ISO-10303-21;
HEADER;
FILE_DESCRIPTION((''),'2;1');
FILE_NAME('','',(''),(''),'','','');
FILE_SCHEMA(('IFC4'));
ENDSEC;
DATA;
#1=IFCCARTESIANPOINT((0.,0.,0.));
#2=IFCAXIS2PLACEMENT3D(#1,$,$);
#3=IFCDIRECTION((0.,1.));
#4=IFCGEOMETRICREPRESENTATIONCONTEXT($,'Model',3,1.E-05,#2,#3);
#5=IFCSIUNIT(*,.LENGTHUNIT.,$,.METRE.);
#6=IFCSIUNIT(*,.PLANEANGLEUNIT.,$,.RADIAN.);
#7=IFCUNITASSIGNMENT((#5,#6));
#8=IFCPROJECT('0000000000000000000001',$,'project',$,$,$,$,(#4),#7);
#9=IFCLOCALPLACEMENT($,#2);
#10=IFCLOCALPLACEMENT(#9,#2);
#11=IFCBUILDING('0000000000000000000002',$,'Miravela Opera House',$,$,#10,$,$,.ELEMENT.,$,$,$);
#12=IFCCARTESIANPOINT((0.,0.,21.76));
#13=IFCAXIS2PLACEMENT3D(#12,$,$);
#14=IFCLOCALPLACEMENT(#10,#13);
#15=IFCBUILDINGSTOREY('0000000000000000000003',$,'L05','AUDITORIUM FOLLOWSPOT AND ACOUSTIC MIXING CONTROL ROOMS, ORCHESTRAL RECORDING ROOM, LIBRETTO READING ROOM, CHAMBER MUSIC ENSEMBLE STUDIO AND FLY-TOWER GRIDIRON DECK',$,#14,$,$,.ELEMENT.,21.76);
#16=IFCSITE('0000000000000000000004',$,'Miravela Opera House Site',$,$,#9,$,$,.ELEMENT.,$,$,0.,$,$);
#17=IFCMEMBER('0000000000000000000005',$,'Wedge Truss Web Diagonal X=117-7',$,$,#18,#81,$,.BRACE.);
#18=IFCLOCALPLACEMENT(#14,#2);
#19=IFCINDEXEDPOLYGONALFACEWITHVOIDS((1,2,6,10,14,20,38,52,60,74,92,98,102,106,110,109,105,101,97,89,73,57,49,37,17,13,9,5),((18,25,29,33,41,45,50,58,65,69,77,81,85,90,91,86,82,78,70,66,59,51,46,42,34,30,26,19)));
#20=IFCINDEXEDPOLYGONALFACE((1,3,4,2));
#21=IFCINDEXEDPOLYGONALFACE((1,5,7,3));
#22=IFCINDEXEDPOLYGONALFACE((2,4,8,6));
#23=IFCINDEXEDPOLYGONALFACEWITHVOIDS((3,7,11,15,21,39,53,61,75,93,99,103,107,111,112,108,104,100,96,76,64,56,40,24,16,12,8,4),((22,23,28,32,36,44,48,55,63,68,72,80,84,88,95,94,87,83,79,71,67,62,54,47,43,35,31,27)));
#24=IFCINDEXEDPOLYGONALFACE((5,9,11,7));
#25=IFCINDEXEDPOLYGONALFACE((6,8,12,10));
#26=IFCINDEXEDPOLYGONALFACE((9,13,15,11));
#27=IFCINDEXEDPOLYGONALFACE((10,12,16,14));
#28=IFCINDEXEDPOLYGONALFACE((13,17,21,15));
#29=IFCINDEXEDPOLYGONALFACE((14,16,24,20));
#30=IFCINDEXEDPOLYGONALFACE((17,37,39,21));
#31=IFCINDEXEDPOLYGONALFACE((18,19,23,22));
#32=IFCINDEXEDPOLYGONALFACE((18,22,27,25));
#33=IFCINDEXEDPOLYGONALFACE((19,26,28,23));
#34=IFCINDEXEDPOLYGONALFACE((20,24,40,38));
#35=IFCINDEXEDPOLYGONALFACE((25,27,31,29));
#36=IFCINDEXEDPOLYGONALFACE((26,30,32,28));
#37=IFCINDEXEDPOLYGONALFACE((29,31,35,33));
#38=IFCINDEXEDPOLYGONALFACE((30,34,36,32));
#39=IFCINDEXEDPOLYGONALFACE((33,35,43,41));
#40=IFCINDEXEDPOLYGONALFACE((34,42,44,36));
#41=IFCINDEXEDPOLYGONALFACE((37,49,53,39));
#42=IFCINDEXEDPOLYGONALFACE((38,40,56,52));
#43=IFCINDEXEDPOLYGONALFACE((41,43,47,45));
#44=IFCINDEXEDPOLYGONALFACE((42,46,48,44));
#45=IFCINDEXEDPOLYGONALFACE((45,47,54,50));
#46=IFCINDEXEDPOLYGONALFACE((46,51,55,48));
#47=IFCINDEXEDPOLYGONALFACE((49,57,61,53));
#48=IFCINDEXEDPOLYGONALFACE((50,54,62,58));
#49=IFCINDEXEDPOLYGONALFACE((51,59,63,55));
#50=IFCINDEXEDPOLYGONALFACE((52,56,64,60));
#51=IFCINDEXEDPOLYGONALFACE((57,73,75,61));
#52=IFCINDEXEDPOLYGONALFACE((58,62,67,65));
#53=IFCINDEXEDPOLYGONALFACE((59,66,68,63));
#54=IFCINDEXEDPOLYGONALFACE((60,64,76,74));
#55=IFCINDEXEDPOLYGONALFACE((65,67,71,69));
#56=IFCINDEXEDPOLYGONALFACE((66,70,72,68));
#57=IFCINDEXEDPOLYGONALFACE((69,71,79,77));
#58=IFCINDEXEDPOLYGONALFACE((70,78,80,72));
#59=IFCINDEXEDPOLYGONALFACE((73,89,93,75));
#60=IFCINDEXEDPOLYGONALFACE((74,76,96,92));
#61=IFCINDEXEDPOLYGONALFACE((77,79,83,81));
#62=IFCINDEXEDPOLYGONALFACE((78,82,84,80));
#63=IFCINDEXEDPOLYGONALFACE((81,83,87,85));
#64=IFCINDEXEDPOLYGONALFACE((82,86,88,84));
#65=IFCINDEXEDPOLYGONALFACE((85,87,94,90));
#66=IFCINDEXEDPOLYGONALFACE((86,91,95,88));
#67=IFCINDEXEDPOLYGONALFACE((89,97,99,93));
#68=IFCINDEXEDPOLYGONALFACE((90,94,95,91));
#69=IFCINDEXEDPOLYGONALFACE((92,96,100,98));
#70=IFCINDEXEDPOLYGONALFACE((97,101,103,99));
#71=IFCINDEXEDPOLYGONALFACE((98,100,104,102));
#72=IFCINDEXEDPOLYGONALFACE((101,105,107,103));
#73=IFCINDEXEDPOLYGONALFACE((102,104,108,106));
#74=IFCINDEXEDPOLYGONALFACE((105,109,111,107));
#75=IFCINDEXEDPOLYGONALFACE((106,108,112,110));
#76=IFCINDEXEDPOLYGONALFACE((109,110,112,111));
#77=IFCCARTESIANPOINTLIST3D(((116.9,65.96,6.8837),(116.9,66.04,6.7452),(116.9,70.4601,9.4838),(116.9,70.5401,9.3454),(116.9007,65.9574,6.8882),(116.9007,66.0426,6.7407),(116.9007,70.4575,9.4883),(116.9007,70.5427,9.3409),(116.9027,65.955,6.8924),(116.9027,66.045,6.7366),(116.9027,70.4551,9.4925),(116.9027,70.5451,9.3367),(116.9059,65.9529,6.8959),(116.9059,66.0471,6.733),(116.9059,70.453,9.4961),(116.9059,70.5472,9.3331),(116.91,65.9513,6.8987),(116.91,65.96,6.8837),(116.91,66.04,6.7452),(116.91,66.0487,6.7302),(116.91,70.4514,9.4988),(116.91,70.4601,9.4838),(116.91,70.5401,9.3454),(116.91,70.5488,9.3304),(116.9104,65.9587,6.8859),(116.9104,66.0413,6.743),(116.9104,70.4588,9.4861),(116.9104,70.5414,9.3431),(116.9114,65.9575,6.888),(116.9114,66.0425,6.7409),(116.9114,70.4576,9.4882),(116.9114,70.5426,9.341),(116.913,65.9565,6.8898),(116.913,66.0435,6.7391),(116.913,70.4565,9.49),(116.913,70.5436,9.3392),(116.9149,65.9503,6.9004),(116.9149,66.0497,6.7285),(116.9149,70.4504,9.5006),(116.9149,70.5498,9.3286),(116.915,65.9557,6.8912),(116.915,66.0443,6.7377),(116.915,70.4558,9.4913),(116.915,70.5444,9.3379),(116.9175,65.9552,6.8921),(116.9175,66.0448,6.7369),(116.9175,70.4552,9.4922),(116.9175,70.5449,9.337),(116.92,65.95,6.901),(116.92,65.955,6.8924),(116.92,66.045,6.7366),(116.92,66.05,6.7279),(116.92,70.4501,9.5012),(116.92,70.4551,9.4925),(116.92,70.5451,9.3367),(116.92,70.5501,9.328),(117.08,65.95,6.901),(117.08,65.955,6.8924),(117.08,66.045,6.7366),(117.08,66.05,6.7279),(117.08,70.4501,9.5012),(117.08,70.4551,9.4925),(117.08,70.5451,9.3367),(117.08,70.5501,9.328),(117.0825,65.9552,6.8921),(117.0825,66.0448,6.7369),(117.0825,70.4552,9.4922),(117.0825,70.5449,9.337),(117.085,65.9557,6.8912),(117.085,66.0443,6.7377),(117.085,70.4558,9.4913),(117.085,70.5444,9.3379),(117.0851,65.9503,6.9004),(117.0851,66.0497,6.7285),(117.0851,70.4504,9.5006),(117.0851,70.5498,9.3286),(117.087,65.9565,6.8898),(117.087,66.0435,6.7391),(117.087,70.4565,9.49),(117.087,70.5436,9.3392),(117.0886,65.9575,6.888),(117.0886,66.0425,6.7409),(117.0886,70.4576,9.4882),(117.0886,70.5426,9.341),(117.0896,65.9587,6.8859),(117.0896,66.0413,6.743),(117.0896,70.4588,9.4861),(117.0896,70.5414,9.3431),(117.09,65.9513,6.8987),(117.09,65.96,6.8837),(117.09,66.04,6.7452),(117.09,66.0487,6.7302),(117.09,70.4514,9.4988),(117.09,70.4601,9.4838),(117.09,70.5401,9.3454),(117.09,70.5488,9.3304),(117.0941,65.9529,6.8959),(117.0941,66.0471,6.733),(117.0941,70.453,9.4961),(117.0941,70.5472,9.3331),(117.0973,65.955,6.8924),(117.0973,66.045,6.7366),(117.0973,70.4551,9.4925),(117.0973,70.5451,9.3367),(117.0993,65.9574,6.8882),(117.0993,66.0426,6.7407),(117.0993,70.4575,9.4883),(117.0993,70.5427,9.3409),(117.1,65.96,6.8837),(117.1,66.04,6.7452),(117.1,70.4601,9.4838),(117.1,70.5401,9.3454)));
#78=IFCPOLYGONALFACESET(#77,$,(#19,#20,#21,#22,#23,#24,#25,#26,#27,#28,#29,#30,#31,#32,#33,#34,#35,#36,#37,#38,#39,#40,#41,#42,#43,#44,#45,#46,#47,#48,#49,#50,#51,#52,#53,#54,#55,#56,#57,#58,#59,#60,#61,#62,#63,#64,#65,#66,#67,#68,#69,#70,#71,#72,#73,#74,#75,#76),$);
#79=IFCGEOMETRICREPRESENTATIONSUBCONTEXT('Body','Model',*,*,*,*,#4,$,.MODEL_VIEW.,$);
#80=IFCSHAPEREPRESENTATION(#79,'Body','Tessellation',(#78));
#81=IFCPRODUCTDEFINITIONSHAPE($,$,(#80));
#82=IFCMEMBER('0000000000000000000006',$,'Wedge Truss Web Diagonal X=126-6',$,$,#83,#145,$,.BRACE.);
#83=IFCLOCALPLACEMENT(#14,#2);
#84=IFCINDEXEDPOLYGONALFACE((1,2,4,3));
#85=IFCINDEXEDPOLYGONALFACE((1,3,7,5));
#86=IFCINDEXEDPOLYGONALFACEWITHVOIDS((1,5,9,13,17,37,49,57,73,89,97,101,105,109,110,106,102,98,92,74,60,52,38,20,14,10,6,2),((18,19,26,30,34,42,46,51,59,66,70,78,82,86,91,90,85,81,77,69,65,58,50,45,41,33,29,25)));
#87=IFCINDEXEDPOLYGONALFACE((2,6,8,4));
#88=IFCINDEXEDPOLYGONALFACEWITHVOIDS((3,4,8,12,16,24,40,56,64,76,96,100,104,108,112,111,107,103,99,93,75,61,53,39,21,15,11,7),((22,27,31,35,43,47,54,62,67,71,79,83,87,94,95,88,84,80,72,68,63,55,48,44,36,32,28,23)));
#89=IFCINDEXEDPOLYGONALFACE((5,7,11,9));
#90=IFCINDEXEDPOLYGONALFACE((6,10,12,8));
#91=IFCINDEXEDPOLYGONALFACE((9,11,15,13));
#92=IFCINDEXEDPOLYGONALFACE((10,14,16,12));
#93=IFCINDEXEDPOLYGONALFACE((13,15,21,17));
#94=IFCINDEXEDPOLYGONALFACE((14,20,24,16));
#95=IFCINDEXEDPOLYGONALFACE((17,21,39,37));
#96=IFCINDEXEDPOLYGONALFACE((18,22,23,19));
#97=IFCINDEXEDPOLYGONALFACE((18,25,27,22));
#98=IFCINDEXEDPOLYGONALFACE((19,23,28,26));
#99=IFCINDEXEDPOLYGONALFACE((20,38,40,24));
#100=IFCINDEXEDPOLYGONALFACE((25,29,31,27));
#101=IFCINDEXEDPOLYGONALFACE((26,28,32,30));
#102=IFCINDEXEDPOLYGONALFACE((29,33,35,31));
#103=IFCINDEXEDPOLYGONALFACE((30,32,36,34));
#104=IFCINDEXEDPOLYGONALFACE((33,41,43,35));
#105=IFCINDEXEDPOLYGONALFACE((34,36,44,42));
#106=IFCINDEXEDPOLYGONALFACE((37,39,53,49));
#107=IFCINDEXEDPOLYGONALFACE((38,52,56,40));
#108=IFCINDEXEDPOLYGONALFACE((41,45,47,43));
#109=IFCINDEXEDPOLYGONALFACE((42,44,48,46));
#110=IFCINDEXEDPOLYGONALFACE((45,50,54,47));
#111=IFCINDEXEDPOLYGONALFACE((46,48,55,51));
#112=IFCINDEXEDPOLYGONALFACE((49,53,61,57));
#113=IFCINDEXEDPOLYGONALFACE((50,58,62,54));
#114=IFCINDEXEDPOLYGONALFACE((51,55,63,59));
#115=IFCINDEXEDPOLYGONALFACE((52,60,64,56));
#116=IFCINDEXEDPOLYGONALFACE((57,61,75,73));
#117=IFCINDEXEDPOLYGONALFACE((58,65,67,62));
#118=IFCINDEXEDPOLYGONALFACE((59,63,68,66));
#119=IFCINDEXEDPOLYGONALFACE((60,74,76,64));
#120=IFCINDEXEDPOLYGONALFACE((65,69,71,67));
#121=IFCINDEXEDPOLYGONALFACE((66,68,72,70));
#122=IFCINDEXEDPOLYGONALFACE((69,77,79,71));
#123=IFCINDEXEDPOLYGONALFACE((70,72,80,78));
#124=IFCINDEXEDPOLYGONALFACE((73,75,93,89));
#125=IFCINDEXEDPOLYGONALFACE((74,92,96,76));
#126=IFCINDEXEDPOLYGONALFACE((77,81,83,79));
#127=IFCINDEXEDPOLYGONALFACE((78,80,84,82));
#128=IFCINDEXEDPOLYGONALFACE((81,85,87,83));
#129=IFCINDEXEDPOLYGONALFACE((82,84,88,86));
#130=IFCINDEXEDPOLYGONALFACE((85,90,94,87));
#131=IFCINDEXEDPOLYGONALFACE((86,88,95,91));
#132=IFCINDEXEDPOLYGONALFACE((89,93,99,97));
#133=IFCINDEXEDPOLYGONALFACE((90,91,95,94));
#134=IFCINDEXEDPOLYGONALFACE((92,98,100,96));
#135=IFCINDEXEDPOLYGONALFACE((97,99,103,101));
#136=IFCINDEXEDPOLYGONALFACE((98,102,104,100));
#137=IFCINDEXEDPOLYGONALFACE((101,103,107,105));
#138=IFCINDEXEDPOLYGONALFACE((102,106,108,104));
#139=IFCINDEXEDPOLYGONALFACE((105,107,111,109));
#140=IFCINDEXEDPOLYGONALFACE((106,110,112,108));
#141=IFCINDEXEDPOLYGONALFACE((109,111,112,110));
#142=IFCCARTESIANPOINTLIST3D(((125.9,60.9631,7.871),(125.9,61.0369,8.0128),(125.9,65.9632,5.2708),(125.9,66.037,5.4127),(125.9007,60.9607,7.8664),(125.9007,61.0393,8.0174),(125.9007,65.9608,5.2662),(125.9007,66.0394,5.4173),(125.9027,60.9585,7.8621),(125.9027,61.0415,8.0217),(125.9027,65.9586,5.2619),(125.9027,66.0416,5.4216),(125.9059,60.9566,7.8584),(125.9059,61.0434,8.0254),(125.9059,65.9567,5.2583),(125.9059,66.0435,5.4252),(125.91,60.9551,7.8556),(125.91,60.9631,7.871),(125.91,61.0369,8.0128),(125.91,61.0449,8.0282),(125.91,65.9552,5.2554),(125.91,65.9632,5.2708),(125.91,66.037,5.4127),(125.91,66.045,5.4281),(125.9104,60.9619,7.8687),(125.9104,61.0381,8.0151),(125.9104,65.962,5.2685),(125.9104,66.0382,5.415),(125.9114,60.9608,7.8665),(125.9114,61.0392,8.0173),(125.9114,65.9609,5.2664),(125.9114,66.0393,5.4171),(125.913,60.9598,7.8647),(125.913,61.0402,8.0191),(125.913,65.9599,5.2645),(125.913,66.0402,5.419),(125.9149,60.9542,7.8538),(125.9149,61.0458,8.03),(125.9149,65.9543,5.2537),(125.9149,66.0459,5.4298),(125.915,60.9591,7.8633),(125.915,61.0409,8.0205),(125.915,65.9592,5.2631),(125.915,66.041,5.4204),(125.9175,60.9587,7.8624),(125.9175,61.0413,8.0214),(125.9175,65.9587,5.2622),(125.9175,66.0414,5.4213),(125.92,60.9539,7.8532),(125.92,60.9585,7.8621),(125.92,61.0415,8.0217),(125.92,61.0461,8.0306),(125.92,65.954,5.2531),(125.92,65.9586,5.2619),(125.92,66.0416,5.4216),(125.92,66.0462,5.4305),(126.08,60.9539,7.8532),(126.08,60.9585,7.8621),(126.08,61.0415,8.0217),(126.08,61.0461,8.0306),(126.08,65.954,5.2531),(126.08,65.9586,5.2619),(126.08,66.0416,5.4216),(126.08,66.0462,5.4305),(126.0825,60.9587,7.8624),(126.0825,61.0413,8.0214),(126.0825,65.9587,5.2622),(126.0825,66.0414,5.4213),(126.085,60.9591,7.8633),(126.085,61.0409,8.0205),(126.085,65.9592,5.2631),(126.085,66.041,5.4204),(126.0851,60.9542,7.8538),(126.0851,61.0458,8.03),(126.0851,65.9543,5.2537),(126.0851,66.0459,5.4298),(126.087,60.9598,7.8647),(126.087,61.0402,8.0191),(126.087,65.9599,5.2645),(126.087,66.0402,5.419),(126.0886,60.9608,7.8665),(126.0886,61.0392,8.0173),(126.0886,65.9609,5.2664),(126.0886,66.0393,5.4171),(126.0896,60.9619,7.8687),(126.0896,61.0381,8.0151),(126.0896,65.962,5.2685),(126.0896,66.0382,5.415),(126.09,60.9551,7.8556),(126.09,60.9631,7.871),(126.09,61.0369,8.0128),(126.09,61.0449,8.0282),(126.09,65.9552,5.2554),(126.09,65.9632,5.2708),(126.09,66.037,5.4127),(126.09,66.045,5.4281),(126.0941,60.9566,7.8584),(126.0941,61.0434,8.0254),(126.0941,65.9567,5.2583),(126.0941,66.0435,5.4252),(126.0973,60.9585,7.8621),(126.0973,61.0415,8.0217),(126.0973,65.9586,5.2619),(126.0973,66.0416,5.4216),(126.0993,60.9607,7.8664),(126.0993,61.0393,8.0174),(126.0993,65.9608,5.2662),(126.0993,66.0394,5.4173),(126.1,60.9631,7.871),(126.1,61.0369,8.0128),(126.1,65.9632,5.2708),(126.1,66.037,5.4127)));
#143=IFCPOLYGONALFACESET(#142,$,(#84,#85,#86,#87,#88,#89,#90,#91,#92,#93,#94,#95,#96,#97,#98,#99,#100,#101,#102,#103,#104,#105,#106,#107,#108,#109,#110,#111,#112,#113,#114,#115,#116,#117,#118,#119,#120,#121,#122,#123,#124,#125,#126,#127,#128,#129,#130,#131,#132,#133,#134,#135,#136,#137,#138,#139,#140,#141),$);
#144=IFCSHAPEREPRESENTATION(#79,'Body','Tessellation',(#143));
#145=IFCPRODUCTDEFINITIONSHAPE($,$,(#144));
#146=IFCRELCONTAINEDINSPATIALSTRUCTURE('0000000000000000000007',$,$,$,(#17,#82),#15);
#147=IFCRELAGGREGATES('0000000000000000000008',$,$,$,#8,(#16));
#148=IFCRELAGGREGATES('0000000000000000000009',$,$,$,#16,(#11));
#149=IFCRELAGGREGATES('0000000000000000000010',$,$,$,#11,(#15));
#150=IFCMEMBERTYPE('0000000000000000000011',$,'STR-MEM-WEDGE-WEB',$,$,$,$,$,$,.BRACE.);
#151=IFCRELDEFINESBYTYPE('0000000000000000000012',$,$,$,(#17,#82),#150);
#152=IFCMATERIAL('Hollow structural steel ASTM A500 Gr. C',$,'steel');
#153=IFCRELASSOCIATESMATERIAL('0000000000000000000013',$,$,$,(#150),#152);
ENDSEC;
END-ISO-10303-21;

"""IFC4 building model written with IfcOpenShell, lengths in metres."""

from ifc_helpers import new_model, si_unit, direction, frame, origin, origin_2d, place, context, subcontext, project, spatial, hollow_rectangle, extrude, material, material_profile, profile_set, type_object, element, save


model = new_model("IFC4")

# Units and contexts
model_context = context("Model", 3, precision=1e-05, world=origin(), true_north=direction((0.0, 1.0)))
body_context = subcontext(model_context, "Body", "Model", "MODEL_VIEW")
ifc_project = project(units=[si_unit("LENGTHUNIT", "METRE"), si_unit("PLANEANGLEUNIT", "RADIAN")], contexts=[model_context])

# Site, building, storey
site_placement = place(None, origin())
site = spatial("IfcSite", under=ifc_project, at=site_placement, Name="Miravela Opera House Site", CompositionType="ELEMENT", RefElevation=0.0)
building_placement = place(site_placement, origin())
building = spatial("IfcBuilding", under=site, at=building_placement, Name="Miravela Opera House", CompositionType="ELEMENT")
storey_placement = place(building_placement, frame((0.0, 0.0, 21.76)))
storey = spatial("IfcBuildingStorey", under=building, at=storey_placement, Name="L05", Description="AUDITORIUM FOLLOWSPOT AND ACOUSTIC MIXING CONTROL ROOMS, ORCHESTRAL RECORDING ROOM, LIBRETTO READING ROOM, CHAMBER MUSIC ENSEMBLE STUDIO AND FLY-TOWER GRIDIRON DECK", CompositionType="ELEMENT", Elevation=21.76)

# Members
ifc_material_1 = material(Name="Hollow structural steel ASTM A500 Gr. C", Category="steel")
ifc_material_profile_1 = material_profile(ifc_material_1, hollow_rectangle(XDim=0.2, YDim=0.2, WallThickness=0.01, InnerFilletRadius=0.01, OuterFilletRadius=0.02, at=origin_2d()), Name="HSS200X200X10")
ifc_profile_set_1 = profile_set([ifc_material_profile_1])
member_type_1 = type_object("IfcMemberType", Name="STR-MEM-WEDGE-WEB", PredefinedType="BRACE", material=ifc_profile_set_1)
member_1_placement = place(storey_placement, frame((117.0, 66.0, 6.8145), z_axis=(0.0, 0.865857, 0.500292), x_axis=(-1.0, 0.0, 0.0)))
element("IfcMember", 1, at=member_1_placement, inside=storey, type_object=member_type_1, Name="Wedge Truss Web Diagonal X=117-7", PredefinedType="BRACE", context=body_context, shape_type="SweptSolid", body=[
    extrude(hollow_rectangle(XDim=0.2, YDim=0.2, WallThickness=0.01, InnerFilletRadius=0.01, OuterFilletRadius=0.02, at=origin_2d()), origin(), (0.0, 0.0, 1.0), 5.1973),
])
member_2_placement = place(storey_placement, frame((126.0, 61.0, 7.9419), z_axis=(0.0, 0.88721, -0.461366), x_axis=(-1.0, 0.0, 0.0)))
element("IfcMember", 2, at=member_2_placement, inside=storey, type_object=member_type_1, Name="Wedge Truss Web Diagonal X=126-6", PredefinedType="BRACE", context=body_context, shape_type="SweptSolid", body=[
    extrude(hollow_rectangle(XDim=0.2, YDim=0.2, WallThickness=0.01, InnerFilletRadius=0.01, OuterFilletRadius=0.02, at=origin_2d()), origin(), (0.0, 0.0, 1.0), 5.6357),
])

save(model, "model.ifc")
